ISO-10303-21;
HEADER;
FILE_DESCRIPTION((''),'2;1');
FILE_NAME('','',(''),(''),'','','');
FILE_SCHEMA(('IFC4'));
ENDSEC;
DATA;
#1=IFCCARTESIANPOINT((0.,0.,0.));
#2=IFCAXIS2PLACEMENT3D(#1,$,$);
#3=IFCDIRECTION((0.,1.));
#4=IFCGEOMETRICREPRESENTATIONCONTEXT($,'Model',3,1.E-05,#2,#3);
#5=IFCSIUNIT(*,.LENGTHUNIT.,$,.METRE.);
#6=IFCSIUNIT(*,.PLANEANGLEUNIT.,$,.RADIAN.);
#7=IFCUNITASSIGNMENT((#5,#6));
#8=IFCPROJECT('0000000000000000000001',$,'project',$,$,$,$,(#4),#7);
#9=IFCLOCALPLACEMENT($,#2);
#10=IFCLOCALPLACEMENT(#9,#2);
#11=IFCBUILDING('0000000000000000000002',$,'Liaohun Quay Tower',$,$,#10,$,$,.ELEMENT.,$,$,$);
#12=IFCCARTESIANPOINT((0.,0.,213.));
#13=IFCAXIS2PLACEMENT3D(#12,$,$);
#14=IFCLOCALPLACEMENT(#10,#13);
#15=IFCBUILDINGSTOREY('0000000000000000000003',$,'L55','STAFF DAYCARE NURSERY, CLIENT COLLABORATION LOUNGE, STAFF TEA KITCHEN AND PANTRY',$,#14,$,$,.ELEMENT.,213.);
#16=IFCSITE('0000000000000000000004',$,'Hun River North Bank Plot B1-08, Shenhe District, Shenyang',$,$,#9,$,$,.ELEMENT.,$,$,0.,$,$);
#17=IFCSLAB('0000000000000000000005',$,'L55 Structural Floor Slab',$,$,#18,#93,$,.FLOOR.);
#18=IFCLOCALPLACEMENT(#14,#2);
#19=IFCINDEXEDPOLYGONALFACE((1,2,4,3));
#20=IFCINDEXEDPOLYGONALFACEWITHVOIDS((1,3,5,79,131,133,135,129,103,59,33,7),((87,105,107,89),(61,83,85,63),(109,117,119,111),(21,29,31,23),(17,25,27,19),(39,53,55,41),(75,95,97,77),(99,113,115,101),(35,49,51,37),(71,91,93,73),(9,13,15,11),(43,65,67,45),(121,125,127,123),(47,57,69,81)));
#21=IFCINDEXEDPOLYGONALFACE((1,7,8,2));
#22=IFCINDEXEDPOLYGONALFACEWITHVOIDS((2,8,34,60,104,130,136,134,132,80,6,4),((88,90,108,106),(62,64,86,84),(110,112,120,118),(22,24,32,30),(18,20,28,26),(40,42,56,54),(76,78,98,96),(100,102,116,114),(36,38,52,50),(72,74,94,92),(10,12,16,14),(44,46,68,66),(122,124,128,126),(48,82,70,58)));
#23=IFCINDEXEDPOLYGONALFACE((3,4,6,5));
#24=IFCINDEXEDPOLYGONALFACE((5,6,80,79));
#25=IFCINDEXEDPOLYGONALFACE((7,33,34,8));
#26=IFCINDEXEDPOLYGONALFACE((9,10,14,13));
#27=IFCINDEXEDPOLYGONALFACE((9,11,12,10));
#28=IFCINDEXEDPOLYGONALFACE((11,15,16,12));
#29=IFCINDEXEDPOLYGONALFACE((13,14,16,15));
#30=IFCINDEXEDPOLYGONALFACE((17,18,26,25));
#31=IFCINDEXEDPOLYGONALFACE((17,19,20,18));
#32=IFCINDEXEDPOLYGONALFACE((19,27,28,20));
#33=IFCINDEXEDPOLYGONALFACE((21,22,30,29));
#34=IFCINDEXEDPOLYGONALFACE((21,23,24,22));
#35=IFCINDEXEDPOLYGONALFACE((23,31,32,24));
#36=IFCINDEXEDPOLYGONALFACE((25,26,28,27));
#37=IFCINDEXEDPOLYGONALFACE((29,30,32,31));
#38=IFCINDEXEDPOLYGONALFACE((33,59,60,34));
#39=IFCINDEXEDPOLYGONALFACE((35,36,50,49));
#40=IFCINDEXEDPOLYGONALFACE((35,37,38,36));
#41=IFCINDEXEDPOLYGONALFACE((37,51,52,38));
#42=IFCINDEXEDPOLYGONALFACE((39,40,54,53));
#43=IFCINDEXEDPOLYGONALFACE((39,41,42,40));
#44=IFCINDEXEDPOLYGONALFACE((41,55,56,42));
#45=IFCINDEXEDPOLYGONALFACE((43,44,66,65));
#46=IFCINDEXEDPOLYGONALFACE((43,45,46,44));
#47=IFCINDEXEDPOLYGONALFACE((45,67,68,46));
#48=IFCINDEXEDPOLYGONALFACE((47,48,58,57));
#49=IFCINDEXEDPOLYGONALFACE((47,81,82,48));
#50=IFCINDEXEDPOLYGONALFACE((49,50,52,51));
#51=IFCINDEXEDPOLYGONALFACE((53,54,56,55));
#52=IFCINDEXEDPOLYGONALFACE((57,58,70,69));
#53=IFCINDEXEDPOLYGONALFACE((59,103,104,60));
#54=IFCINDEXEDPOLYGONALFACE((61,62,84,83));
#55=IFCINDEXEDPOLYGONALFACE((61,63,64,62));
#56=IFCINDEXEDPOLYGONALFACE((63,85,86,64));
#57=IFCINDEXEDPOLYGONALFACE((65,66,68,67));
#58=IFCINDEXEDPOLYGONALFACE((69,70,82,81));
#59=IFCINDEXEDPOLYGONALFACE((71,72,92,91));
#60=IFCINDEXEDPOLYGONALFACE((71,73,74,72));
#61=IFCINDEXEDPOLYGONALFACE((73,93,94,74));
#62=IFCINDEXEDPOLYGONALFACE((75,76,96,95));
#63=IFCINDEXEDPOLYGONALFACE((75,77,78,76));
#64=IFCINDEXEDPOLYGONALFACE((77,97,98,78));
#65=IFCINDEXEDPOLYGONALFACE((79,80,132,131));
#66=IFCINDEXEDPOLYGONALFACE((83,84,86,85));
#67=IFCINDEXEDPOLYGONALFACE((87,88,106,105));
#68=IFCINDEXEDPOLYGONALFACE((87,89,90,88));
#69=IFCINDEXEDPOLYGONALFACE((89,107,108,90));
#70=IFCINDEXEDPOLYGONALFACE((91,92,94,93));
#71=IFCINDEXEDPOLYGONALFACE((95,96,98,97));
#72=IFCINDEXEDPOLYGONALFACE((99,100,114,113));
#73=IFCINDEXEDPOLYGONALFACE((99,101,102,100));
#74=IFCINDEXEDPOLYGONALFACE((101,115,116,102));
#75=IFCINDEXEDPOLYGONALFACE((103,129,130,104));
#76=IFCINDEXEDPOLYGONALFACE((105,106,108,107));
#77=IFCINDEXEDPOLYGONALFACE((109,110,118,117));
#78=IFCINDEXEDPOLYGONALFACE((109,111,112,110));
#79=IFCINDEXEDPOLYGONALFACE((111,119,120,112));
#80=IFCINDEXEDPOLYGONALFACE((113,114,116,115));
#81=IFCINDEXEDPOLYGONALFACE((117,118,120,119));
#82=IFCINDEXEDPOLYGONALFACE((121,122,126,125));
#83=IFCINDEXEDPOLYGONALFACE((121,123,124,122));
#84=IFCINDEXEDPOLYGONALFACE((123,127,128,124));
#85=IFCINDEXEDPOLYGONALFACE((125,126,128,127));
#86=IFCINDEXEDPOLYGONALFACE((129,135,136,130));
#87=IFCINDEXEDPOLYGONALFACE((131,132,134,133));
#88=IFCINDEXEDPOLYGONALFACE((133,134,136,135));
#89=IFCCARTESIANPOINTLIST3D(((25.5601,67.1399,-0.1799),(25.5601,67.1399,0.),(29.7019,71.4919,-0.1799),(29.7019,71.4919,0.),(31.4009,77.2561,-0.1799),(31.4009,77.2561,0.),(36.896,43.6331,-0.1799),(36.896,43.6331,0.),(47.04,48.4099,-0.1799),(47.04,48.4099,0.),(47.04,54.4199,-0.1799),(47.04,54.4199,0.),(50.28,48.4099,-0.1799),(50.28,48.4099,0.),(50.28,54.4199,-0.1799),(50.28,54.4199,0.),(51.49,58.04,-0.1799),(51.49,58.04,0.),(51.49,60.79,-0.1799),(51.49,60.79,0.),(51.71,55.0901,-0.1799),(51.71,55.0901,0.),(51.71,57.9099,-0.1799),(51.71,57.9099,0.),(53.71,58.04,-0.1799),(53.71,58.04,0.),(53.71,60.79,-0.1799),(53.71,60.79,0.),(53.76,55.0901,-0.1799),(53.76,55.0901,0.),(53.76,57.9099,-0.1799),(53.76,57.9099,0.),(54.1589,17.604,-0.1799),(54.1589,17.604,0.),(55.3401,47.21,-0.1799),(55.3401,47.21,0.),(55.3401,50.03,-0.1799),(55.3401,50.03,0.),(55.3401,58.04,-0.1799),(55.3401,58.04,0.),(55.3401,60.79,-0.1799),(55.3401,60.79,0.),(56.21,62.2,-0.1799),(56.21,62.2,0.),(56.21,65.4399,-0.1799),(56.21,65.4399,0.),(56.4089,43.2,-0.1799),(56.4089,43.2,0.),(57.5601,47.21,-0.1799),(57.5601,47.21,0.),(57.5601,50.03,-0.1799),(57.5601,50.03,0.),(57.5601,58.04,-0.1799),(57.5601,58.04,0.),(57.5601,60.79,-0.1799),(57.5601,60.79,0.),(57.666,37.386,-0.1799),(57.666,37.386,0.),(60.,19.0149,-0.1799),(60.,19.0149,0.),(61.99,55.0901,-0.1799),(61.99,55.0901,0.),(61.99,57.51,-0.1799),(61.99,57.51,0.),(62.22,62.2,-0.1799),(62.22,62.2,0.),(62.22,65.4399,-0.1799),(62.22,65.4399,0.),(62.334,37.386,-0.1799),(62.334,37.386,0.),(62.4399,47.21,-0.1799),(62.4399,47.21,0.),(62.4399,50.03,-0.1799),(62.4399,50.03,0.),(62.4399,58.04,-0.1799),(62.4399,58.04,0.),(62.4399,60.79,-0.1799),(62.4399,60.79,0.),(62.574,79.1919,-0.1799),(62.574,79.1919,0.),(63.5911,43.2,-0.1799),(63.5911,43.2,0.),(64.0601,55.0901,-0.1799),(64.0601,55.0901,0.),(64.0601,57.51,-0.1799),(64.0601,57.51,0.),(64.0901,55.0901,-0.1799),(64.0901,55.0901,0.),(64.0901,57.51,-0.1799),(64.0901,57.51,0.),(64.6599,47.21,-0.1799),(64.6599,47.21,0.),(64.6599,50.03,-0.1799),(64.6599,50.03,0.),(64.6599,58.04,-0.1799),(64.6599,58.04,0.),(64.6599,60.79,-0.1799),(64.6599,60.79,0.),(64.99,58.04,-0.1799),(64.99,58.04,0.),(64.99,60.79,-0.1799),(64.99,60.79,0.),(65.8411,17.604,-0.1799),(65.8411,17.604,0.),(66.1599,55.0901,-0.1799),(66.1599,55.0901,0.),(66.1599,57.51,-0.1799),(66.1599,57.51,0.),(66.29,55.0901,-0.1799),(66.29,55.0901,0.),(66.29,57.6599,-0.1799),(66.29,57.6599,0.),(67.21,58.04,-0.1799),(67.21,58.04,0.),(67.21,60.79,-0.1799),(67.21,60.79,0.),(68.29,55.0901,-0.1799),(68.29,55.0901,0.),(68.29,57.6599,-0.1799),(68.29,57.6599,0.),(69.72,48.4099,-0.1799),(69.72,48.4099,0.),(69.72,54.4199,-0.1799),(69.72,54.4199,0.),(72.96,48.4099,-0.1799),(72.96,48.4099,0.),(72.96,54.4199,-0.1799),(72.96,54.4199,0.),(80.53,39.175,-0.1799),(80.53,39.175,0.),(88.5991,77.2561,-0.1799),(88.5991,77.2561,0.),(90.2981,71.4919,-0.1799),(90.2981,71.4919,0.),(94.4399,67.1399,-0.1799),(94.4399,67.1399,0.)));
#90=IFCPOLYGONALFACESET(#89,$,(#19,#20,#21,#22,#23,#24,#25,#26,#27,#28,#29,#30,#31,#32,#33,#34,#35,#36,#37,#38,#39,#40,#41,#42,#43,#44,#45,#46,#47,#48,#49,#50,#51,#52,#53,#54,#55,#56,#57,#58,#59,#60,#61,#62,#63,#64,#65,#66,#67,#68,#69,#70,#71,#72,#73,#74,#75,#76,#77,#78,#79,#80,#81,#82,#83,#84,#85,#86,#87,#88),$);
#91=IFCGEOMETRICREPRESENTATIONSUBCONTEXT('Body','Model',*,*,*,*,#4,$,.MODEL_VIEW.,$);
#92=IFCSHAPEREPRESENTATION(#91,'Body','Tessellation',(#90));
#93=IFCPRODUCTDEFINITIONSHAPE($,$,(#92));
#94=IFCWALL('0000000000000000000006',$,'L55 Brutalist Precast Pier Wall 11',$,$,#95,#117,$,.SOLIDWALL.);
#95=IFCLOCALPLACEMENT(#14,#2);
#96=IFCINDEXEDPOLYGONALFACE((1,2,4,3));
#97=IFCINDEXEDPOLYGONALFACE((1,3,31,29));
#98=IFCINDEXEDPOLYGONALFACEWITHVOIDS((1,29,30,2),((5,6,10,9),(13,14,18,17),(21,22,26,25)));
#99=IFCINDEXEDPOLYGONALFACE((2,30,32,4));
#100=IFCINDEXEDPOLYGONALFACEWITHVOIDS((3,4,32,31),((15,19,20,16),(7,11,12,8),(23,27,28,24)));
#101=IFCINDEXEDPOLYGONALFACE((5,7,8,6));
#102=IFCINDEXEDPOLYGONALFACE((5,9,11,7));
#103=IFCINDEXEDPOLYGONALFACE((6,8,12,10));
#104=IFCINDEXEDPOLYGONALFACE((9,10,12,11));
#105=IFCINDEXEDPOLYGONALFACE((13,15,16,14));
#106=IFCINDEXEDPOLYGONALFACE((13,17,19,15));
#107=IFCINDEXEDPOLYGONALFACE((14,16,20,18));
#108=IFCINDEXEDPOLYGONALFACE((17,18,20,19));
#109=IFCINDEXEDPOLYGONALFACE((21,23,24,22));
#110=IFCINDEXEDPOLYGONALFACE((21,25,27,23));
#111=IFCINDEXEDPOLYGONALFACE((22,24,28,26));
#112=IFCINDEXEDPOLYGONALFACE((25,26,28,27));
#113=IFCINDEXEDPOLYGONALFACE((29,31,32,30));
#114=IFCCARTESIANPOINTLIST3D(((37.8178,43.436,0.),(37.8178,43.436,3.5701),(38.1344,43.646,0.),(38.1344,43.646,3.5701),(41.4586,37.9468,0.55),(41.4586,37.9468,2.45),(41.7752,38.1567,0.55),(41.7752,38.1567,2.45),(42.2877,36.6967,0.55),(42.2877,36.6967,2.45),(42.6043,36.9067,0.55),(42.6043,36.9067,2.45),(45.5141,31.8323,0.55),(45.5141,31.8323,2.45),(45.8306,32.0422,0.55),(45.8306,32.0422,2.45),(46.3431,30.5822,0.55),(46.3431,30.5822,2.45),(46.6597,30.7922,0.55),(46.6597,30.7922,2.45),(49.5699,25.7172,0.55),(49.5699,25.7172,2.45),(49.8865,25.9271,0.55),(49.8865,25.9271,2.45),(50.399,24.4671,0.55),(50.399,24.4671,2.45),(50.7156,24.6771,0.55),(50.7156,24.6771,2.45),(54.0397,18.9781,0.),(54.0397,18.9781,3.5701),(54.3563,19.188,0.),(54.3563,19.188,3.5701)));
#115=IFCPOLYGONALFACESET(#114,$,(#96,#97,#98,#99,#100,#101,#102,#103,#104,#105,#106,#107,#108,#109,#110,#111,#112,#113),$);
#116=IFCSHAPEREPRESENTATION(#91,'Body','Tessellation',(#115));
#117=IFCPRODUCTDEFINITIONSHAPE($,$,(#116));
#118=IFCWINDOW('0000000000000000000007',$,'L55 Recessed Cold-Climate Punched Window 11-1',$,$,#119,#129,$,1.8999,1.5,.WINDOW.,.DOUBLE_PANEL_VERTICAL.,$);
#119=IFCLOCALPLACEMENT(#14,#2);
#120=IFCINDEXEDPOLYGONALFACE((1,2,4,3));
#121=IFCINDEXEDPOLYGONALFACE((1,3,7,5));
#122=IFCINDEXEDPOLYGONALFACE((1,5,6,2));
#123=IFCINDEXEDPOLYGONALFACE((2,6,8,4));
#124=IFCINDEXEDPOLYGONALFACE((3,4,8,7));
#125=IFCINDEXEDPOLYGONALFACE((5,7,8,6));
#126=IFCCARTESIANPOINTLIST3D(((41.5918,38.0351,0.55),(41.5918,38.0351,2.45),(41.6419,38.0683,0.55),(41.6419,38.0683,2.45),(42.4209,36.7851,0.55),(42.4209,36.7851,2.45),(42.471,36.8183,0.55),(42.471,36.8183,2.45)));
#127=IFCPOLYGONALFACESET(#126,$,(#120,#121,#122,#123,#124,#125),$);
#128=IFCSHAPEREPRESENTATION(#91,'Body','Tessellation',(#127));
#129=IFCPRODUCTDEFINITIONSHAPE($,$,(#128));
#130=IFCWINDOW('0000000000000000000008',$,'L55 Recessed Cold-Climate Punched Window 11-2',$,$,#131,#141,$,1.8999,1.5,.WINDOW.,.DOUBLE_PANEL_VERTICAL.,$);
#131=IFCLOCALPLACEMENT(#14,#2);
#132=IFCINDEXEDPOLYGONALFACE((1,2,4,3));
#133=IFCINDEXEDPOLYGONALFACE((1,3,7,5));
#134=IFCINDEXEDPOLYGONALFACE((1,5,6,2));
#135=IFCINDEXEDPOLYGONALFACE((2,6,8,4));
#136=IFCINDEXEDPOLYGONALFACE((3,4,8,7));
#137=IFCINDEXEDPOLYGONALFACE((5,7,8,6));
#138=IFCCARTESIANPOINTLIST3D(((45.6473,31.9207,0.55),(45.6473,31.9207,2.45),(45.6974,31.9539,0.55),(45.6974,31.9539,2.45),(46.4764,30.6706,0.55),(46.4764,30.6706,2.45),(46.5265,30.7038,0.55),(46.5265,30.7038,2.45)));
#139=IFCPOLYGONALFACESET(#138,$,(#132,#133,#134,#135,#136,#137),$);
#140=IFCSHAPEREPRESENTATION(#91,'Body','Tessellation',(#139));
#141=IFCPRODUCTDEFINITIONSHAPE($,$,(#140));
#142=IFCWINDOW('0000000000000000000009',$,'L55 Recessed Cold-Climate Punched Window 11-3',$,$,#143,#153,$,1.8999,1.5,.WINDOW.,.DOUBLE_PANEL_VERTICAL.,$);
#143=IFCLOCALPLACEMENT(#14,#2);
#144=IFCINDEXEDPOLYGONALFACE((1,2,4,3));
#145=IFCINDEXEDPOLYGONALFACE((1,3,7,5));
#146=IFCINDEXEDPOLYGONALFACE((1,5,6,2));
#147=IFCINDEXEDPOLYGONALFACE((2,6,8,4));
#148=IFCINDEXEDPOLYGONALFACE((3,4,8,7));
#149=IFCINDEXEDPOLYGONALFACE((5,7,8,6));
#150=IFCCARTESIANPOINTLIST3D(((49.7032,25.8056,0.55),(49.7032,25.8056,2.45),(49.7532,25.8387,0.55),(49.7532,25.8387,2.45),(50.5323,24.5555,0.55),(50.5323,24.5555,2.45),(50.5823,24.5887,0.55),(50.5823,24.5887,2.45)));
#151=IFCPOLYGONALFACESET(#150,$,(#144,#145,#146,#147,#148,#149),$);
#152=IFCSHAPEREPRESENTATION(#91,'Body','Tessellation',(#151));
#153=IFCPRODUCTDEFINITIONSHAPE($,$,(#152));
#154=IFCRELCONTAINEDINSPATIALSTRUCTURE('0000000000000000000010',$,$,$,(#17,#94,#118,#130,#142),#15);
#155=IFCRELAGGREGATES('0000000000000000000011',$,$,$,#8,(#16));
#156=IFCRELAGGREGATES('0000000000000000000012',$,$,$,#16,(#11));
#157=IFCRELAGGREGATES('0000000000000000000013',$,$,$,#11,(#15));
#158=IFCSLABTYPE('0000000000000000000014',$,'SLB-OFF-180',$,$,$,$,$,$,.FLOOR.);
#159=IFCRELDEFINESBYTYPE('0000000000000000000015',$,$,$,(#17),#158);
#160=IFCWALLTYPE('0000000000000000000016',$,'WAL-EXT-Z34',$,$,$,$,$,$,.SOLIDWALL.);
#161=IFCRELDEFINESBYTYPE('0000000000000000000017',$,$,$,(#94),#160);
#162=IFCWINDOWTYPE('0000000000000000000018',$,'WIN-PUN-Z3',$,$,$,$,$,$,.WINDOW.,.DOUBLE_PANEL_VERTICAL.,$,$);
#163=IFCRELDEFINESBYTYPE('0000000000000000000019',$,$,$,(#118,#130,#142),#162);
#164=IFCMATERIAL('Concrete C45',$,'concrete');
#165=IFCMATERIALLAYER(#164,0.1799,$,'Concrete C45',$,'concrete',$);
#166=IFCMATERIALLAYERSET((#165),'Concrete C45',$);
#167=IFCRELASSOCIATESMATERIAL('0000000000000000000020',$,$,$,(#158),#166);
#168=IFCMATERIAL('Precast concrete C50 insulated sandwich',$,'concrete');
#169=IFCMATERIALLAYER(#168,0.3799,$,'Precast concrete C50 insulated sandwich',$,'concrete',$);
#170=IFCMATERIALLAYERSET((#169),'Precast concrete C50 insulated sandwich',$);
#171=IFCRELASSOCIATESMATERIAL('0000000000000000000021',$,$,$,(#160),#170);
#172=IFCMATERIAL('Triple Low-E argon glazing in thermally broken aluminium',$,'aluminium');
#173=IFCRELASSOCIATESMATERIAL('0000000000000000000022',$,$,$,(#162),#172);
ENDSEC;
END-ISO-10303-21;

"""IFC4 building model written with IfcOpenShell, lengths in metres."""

from ifc_helpers import new_model, si_unit, direction, frame, frame_2d, origin, place, context, subcontext, project, spatial, polyline, rectangle, outline, extrude, source, transform, mapped, material, layer, layer_set, type_object, element, fill, save


model = new_model("IFC4")

# Units and contexts
model_context = context("Model", 3, precision=1e-05, world=origin(), true_north=direction((0.0, 1.0)))
body_context = subcontext(model_context, "Body", "Model", "MODEL_VIEW")
ifc_project = project(units=[si_unit("LENGTHUNIT", "METRE"), si_unit("PLANEANGLEUNIT", "RADIAN")], contexts=[model_context])

# Site, building, storey
site_placement = place(None, origin())
site = spatial("IfcSite", under=ifc_project, at=site_placement, Name="Hun River North Bank Plot B1-08, Shenhe District, Shenyang", CompositionType="ELEMENT", RefElevation=0.0)
building_placement = place(site_placement, origin())
building = spatial("IfcBuilding", under=site, at=building_placement, Name="Liaohun Quay Tower", CompositionType="ELEMENT")
storey_placement = place(building_placement, frame((0.0, 0.0, 213.0)))
storey = spatial("IfcBuildingStorey", under=building, at=storey_placement, Name="L55", Description="STAFF DAYCARE NURSERY, CLIENT COLLABORATION LOUNGE, STAFF TEA KITCHEN AND PANTRY", CompositionType="ELEMENT", Elevation=213.0)

# Shared definitions
ifc_material_1 = material(Name="Concrete C45", Category="concrete")

# Slab
ifc_layer_1 = layer(ifc_material_1, 0.1799, Name="Concrete C45", Category="concrete")
ifc_layer_set_1 = layer_set([ifc_layer_1], Name="Concrete C45")
slab_type_1 = type_object("IfcSlabType", Name="SLB-OFF-180", PredefinedType="FLOOR", material=ifc_layer_set_1)
slab_1_placement = place(storey_placement, frame((0.0, 0.0, -0.1799)))
element("IfcSlab", 1, at=slab_1_placement, inside=storey, type_object=slab_type_1, Name="L55 Structural Floor Slab", PredefinedType="FLOOR", context=body_context, shape_type="SweptSolid", body=[
    extrude(outline(polyline([(54.1589, 17.604), (60.0, 19.0149), (65.8411, 17.604), (80.53, 39.175), (94.4399, 67.1399), (90.2981, 71.4919), (88.5991, 77.2561), (62.574, 79.1919), (31.4009, 77.2561), (29.7019, 71.4919), (25.5601, 67.1399), (36.896, 43.6331), (54.1589, 17.604)]), holes=[polyline([(63.5911, 43.2), (56.4089, 43.2), (57.666, 37.386), (62.334, 37.386), (63.5911, 43.2)]), polyline([(57.5601, 47.21), (57.5601, 50.03), (55.3401, 50.03), (55.3401, 47.21), (57.5601, 47.21)]), polyline([(50.28, 54.4199), (47.04, 54.4199), (47.04, 48.4099), (50.28, 48.4099), (50.28, 54.4199)]), polyline([(53.76, 55.0901), (53.76, 57.9099), (51.71, 57.9099), (51.71, 55.0901), (53.76, 55.0901)]), polyline([(53.71, 58.04), (53.71, 60.79), (51.49, 60.79), (51.49, 58.04), (53.71, 58.04)]), polyline([(57.5601, 58.04), (57.5601, 60.79), (55.3401, 60.79), (55.3401, 58.04), (57.5601, 58.04)]), polyline([(62.22, 62.2), (62.22, 65.4399), (56.21, 65.4399), (56.21, 62.2), (62.22, 62.2)]), polyline([(64.6599, 50.03), (62.4399, 50.03), (62.4399, 47.21), (64.6599, 47.21), (64.6599, 50.03)]), polyline([(72.96, 54.4199), (69.72, 54.4199), (69.72, 48.4099), (72.96, 48.4099), (72.96, 54.4199)]), polyline([(64.0601, 55.0901), (64.0601, 57.51), (61.99, 57.51), (61.99, 55.0901), (64.0601, 55.0901)]), polyline([(66.1599, 55.0901), (66.1599, 57.51), (64.0901, 57.51), (64.0901, 55.0901), (66.1599, 55.0901)]), polyline([(68.29, 55.0901), (68.29, 57.6599), (66.29, 57.6599), (66.29, 55.0901), (68.29, 55.0901)]), polyline([(64.6599, 58.04), (64.6599, 60.79), (62.4399, 60.79), (62.4399, 58.04), (64.6599, 58.04)]), polyline([(67.21, 58.04), (67.21, 60.79), (64.99, 60.79), (64.99, 58.04), (67.21, 58.04)])]), origin(), (0.0, 0.0, 1.0), 0.1799),
])

# Wall, openings, windows
ifc_material_2 = material(Name="Precast concrete C50 insulated sandwich", Category="concrete")
ifc_layer_2 = layer(ifc_material_2, 0.3799, Name="Precast concrete C50 insulated sandwich", Category="concrete")
ifc_layer_set_2 = layer_set([ifc_layer_2], Name="Precast concrete C50 insulated sandwich")
wall_type_1 = type_object("IfcWallType", Name="WAL-EXT-Z34", PredefinedType="SOLIDWALL", material=ifc_layer_set_2)
wall_1_placement = place(storey_placement, frame((37.9761, 43.541, 0.0), z_axis=(0.0, 0.0, 1.0), x_axis=(0.552731, -0.83336, 0.0)))
wall_1 = element("IfcWall", 2, at=wall_1_placement, inside=storey, type_object=wall_type_1, Name="L55 Brutalist Precast Pier Wall 11", PredefinedType="SOLIDWALL", context=body_context, shape_type="SweptSolid", body=[
    extrude(rectangle(XDim=29.3486, YDim=0.3799, at=frame_2d((14.6743, 0.0))), origin(), (0.0, 0.0, 1.0), 3.5701),
])
shared_shape_1 = source(origin(), body_context, "Body", "SweptSolid", [
    extrude(rectangle(XDim=1.5, YDim=1.8999, at=frame_2d((0.75, 0.95))), frame((0.0, 0.2, 0.0), z_axis=(0.0, -1.0, 0.0), x_axis=(1.0, 0.0, 0.0)), (0.0, 0.0, 1.0), 0.3999),
])
opening_1_placement = place(wall_1_placement, frame((6.5869, 0.0, 0.55)))
opening_1 = element("IfcOpeningElement", 3, at=opening_1_placement, cuts=wall_1, PredefinedType="OPENING", context=body_context, shape_type="MappedRepresentation", body=[
    mapped(shared_shape_1, transform((0.0, 0.0, 0.0), x_axis=(1.0, 0.0, 0.0), y_axis=(0.0, 1.0, 0.0), z_axis=(0.0, 0.0, 1.0), scale=1.0)),
])
opening_2_placement = place(wall_1_placement, frame((13.9241, 0.0, 0.55)))
opening_2 = element("IfcOpeningElement", 4, at=opening_2_placement, cuts=wall_1, PredefinedType="OPENING", context=body_context, shape_type="MappedRepresentation", body=[
    mapped(shared_shape_1, transform((0.0, 0.0, 0.0), x_axis=(1.0, 0.0, 0.0), y_axis=(0.0, 1.0, 0.0), z_axis=(0.0, 0.0, 1.0), scale=1.0)),
])
opening_3_placement = place(wall_1_placement, frame((21.262, 0.0, 0.55)))
opening_3 = element("IfcOpeningElement", 5, at=opening_3_placement, cuts=wall_1, PredefinedType="OPENING", context=body_context, shape_type="MappedRepresentation", body=[
    mapped(shared_shape_1, transform((0.0, 0.0, 0.0), x_axis=(1.0, 0.0, 0.0), y_axis=(0.0, 1.0, 0.0), z_axis=(0.0, 0.0, 1.0), scale=1.0)),
])
ifc_material_3 = material(Name="Triple Low-E argon glazing in thermally broken aluminium", Category="aluminium")
window_type = type_object("IfcWindowType", Name="WIN-PUN-Z3", PartitioningType="DOUBLE_PANEL_VERTICAL", PredefinedType="WINDOW", material=ifc_material_3)
shared_shape_2 = source(origin(), body_context, "Body", "SweptSolid", [
    extrude(rectangle(XDim=1.5, YDim=1.8999, at=frame_2d((0.75, 0.95))), frame((0.0, 0.03, 0.0), z_axis=(0.0, -1.0, 0.0), x_axis=(1.0, 0.0, 0.0)), (0.0, 0.0, 1.0), 0.0601),
])
window_1_placement = place(opening_1_placement, origin())
window_1 = element("IfcWindow", 6, at=window_1_placement, inside=storey, type_object=window_type, Name="L55 Recessed Cold-Climate Punched Window 11-1", OverallHeight=1.8999, OverallWidth=1.5, PartitioningType="DOUBLE_PANEL_VERTICAL", PredefinedType="WINDOW", context=body_context, shape_type="MappedRepresentation", body=[
    mapped(shared_shape_2, transform((0.0, 0.0, 0.0), x_axis=(1.0, 0.0, 0.0), y_axis=(0.0, 1.0, 0.0), z_axis=(0.0, 0.0, 1.0), scale=1.0)),
])
fill(opening_1, window_1)
window_2_placement = place(opening_2_placement, origin())
window_2 = element("IfcWindow", 7, at=window_2_placement, inside=storey, type_object=window_type, Name="L55 Recessed Cold-Climate Punched Window 11-2", OverallHeight=1.8999, OverallWidth=1.5, PartitioningType="DOUBLE_PANEL_VERTICAL", PredefinedType="WINDOW", context=body_context, shape_type="MappedRepresentation", body=[
    mapped(shared_shape_2, transform((0.0, 0.0, 0.0), x_axis=(1.0, 0.0, 0.0), y_axis=(0.0, 1.0, 0.0), z_axis=(0.0, 0.0, 1.0), scale=1.0)),
])
fill(opening_2, window_2)
window_3_placement = place(opening_3_placement, origin())
window_3 = element("IfcWindow", 8, at=window_3_placement, inside=storey, type_object=window_type, Name="L55 Recessed Cold-Climate Punched Window 11-3", OverallHeight=1.8999, OverallWidth=1.5, PartitioningType="DOUBLE_PANEL_VERTICAL", PredefinedType="WINDOW", context=body_context, shape_type="MappedRepresentation", body=[
    mapped(shared_shape_2, transform((0.0, 0.0, 0.0), x_axis=(1.0, 0.0, 0.0), y_axis=(0.0, 1.0, 0.0), z_axis=(0.0, 0.0, 1.0), scale=1.0)),
])
fill(opening_3, window_3)

save(model, "model.ifc")
